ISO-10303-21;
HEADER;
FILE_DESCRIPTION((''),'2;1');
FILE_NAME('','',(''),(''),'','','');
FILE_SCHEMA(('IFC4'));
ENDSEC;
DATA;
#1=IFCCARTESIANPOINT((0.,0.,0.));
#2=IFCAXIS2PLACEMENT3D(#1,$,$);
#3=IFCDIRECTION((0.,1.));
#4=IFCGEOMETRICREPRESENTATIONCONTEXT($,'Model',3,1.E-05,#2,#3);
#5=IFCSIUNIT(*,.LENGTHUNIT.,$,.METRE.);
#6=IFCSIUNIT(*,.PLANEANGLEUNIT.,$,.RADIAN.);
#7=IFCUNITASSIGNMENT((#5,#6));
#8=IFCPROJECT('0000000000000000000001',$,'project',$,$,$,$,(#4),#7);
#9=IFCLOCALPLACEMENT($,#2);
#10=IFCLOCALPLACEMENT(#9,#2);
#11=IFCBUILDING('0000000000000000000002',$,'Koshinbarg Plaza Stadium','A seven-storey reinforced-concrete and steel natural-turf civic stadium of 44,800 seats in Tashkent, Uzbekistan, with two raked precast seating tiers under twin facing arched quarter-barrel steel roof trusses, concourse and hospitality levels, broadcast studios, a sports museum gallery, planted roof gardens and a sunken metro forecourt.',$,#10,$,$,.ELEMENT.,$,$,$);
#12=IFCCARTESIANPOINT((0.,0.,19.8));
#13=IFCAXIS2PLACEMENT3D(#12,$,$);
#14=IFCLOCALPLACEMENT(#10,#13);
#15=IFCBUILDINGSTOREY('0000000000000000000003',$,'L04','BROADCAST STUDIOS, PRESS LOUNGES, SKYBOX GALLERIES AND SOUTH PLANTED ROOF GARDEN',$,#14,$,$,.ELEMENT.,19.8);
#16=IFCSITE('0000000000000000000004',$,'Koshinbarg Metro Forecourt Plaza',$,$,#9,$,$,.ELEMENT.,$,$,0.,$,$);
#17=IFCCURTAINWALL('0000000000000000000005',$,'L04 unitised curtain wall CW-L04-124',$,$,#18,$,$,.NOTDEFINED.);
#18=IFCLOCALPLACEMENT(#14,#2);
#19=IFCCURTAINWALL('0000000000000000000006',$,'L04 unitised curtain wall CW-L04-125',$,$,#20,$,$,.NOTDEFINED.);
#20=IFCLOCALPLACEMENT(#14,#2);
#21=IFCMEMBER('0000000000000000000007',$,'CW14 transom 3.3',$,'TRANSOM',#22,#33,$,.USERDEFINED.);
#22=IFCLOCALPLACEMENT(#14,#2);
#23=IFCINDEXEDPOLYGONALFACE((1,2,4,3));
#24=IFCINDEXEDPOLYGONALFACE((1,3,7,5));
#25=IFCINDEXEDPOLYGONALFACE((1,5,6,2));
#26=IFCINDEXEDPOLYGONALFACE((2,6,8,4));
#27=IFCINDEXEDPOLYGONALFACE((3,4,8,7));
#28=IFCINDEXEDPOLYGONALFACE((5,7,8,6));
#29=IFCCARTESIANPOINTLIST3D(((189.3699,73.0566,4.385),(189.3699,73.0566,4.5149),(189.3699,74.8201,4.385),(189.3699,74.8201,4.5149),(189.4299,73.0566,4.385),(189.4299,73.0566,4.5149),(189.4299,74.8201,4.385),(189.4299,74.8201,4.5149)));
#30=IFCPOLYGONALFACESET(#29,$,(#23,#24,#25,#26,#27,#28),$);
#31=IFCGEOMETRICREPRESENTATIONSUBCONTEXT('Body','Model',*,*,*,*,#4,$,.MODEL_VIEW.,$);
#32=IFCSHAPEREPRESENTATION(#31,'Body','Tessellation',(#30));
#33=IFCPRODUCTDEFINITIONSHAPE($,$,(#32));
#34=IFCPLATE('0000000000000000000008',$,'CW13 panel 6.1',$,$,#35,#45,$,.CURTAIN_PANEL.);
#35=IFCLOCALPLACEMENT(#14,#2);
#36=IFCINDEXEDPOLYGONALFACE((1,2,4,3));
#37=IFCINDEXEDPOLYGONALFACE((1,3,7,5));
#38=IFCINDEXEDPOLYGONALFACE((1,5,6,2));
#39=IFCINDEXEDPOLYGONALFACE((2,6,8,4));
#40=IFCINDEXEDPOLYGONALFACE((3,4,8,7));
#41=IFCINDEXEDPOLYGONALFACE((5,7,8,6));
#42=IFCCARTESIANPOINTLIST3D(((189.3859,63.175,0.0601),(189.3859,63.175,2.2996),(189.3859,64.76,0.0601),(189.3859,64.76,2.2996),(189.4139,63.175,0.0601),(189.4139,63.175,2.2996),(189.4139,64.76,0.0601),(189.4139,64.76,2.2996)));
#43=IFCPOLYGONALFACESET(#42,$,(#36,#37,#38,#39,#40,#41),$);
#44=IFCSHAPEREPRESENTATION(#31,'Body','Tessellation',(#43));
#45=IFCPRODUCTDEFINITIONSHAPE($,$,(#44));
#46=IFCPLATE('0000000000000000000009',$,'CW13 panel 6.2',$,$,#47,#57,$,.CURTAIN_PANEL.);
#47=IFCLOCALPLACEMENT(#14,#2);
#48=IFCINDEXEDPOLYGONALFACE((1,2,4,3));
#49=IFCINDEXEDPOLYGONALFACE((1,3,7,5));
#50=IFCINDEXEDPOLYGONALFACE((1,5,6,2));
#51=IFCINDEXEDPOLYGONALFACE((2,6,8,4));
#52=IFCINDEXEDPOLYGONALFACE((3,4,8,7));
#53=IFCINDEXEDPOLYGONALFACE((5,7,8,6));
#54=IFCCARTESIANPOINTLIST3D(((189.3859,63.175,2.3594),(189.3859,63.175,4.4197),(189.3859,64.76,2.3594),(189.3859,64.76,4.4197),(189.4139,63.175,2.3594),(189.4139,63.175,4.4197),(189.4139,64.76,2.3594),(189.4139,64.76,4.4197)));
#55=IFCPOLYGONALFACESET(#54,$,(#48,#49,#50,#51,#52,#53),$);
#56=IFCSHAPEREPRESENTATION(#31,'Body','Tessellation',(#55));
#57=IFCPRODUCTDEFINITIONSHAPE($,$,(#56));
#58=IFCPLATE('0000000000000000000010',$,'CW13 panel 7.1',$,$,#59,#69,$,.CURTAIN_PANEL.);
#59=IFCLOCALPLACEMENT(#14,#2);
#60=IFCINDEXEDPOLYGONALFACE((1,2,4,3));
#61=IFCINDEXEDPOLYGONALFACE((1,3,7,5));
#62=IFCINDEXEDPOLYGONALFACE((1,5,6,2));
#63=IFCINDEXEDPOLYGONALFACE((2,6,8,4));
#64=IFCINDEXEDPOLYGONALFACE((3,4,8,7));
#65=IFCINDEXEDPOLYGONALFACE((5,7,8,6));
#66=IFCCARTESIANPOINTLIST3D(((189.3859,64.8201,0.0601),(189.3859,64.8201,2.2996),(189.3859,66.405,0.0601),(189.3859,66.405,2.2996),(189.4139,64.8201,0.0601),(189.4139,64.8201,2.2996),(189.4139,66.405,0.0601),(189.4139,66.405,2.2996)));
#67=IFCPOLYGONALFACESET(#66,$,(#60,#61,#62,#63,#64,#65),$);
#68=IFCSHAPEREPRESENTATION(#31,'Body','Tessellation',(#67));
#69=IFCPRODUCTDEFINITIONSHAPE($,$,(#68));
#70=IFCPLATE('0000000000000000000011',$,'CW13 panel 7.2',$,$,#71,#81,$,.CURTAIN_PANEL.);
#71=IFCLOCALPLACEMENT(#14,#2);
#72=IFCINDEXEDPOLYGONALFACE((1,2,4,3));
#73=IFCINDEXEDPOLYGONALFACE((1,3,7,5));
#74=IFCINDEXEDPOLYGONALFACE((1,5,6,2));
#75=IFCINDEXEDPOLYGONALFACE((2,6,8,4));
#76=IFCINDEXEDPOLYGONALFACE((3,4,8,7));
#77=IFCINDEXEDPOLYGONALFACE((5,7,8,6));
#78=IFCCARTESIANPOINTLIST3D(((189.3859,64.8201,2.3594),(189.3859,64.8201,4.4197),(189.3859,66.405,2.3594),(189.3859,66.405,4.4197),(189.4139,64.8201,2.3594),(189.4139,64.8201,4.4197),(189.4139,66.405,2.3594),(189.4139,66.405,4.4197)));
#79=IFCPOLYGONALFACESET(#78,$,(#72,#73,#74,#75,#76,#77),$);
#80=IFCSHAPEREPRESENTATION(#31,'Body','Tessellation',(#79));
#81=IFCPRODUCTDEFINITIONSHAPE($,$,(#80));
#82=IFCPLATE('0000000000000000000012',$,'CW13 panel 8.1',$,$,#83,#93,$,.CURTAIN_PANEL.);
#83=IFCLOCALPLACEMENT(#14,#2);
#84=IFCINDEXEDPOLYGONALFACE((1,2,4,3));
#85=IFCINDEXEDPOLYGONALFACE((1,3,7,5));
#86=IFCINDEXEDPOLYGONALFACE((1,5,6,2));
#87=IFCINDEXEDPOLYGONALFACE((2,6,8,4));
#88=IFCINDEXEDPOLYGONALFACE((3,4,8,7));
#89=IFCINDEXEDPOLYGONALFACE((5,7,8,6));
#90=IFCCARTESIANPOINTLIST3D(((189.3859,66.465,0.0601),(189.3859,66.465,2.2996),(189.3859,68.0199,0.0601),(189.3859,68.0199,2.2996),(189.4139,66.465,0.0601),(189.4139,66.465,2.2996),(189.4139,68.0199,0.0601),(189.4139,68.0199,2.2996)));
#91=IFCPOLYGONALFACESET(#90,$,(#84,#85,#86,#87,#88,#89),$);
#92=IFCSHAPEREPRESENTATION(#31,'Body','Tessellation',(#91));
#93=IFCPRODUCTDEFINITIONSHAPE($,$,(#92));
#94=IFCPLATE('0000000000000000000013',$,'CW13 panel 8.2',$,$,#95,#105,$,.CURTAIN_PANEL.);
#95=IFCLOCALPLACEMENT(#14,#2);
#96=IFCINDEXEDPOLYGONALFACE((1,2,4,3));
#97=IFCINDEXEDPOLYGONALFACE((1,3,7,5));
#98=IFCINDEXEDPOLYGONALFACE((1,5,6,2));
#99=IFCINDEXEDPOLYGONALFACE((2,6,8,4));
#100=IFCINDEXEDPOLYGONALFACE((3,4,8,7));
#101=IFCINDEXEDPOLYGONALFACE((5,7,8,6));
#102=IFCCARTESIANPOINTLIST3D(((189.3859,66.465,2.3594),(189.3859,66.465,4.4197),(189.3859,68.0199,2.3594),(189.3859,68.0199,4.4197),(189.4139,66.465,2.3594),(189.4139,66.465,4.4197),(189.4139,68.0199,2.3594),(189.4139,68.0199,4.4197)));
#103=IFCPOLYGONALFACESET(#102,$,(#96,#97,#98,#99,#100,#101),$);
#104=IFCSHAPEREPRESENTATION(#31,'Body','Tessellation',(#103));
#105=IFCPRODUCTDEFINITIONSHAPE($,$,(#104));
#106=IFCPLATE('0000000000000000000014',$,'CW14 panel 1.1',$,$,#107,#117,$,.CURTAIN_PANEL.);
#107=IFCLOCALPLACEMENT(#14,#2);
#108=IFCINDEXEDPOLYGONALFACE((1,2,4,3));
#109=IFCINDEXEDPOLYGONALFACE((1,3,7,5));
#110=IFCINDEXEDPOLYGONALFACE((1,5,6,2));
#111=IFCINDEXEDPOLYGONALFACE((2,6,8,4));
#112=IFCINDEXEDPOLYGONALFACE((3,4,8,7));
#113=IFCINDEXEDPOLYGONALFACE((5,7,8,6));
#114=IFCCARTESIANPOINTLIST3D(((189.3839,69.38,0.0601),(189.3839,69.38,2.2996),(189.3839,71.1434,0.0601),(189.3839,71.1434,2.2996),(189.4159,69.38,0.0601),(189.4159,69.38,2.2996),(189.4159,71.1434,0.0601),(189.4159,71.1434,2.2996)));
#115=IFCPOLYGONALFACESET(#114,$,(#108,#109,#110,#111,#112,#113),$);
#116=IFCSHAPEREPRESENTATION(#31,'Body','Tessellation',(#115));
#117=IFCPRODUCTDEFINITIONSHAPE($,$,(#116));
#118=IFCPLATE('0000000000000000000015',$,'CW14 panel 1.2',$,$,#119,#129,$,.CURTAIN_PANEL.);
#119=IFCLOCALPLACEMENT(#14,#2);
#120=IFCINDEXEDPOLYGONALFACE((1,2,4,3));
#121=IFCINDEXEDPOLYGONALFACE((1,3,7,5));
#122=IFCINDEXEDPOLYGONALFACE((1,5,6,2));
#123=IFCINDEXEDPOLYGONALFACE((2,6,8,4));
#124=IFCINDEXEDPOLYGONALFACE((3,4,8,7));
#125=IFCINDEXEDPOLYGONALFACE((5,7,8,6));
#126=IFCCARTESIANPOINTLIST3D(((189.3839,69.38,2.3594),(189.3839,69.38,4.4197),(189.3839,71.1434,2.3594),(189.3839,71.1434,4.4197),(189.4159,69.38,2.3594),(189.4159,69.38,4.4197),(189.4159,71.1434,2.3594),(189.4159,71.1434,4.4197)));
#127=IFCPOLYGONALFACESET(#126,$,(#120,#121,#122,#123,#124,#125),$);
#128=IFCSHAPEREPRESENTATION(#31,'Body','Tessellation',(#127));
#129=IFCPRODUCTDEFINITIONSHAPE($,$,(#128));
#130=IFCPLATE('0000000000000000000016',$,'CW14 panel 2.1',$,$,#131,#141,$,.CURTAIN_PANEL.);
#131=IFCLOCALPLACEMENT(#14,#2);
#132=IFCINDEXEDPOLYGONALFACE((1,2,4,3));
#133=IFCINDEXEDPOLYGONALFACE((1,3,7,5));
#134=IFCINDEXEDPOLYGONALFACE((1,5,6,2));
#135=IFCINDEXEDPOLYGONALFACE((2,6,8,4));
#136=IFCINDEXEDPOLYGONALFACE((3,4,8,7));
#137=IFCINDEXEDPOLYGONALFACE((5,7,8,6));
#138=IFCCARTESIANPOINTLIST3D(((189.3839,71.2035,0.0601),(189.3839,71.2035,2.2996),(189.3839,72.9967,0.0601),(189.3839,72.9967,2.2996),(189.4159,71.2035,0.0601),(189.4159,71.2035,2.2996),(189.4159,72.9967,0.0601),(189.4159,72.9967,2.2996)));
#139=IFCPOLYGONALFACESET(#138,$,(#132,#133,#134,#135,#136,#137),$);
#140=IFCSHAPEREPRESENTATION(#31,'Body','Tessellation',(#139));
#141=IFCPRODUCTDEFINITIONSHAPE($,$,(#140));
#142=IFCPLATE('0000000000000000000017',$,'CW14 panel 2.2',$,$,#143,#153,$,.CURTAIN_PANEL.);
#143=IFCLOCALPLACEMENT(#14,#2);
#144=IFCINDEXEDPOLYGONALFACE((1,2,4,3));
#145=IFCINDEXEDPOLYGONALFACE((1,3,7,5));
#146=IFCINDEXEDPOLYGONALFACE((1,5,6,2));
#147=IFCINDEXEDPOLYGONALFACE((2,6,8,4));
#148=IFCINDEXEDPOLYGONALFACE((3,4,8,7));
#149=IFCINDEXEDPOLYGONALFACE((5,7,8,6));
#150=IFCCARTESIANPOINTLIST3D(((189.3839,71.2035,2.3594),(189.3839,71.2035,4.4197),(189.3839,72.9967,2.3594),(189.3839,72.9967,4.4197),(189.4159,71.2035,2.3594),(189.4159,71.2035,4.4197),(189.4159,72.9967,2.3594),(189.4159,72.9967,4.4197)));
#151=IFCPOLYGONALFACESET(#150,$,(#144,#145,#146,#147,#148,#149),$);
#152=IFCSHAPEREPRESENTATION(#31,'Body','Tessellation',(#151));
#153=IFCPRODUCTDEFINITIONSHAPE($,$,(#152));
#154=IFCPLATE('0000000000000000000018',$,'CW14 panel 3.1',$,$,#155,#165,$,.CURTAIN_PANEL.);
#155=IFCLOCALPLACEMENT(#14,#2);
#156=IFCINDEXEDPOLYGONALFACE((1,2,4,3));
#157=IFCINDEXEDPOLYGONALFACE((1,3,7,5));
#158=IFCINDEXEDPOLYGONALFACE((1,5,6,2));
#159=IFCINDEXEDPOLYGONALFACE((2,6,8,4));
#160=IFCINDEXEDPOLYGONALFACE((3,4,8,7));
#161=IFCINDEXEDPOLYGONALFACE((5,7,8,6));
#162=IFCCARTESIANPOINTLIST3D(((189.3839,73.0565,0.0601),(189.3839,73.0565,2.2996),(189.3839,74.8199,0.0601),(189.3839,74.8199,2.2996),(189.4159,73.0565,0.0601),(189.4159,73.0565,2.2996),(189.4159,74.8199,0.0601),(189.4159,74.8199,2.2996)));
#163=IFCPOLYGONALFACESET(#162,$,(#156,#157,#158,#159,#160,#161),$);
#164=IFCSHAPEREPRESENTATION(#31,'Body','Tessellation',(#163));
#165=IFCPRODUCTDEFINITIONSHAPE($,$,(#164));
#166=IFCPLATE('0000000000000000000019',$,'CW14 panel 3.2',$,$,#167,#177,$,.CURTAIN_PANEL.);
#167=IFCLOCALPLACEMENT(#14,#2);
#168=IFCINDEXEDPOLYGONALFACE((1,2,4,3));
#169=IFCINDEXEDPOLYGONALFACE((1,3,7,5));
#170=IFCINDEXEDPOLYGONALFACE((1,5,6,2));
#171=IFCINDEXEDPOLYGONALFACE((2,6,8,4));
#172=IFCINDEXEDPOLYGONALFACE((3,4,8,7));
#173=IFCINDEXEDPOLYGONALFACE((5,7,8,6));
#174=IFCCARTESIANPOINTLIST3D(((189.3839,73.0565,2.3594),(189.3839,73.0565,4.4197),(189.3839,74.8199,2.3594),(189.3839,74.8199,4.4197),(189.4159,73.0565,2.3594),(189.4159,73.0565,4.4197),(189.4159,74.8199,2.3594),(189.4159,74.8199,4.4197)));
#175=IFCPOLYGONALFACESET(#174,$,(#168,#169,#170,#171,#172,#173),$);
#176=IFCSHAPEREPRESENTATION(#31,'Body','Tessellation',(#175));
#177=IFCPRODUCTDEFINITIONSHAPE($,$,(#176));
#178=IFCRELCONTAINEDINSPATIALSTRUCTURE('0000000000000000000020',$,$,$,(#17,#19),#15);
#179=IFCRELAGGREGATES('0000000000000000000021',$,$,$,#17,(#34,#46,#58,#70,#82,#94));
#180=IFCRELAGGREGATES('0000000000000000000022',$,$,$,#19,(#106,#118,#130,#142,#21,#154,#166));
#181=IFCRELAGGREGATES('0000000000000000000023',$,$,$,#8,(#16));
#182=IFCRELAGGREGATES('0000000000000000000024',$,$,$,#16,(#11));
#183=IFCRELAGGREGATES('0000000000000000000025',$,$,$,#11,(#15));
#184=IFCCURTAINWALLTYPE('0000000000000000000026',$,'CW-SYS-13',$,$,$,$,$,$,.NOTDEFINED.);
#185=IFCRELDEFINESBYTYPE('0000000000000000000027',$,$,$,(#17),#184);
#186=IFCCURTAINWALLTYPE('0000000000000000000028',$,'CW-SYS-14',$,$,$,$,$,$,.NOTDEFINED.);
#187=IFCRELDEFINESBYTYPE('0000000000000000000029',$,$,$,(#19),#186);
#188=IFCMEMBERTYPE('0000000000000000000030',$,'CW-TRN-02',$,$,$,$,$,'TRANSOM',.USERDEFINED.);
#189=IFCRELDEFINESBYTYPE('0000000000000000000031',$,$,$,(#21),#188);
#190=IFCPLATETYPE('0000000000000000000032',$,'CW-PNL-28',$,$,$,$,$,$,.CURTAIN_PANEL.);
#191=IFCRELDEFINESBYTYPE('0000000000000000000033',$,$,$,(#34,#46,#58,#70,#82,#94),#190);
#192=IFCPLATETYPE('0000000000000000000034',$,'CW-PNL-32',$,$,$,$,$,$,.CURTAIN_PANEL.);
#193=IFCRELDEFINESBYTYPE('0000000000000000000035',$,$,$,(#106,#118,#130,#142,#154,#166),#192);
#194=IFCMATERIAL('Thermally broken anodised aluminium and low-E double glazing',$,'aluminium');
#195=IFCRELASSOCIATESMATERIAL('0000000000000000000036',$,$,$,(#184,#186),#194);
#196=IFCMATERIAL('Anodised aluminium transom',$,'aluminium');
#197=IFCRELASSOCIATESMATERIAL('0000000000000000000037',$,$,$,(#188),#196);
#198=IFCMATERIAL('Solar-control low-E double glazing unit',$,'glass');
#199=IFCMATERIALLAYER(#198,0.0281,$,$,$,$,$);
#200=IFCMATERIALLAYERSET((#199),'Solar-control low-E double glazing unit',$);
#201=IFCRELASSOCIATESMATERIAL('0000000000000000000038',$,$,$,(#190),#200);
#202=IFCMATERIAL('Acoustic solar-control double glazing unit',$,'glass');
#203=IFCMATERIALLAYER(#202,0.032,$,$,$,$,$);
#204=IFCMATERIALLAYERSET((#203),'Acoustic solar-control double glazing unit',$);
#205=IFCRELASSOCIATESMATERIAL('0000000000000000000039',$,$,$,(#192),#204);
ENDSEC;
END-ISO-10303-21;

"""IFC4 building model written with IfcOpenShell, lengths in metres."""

from ifc_helpers import new_model, si_unit, direction, frame, origin, origin_2d, place, context, subcontext, project, spatial, rectangle, extrude, material, layer, layer_set, material_profile, profile_set, type_object, element, aggregate, save


model = new_model("IFC4")

# Units and contexts
model_context = context("Model", 3, precision=1e-05, world=origin(), true_north=direction((0.0, 1.0)))
body_context = subcontext(model_context, "Body", "Model", "MODEL_VIEW")
ifc_project = project(units=[si_unit("LENGTHUNIT", "METRE"), si_unit("PLANEANGLEUNIT", "RADIAN")], contexts=[model_context])

# Site, building, storey
site_placement = place(None, origin())
site = spatial("IfcSite", under=ifc_project, at=site_placement, Name="Koshinbarg Metro Forecourt Plaza", CompositionType="ELEMENT", RefElevation=0.0)
building_placement = place(site_placement, origin())
building = spatial("IfcBuilding", under=site, at=building_placement, Name="Koshinbarg Plaza Stadium", Description="A seven-storey reinforced-concrete and steel natural-turf civic stadium of 44,800 seats in Tashkent, Uzbekistan, with two raked precast seating tiers under twin facing arched quarter-barrel steel roof trusses, concourse and hospitality levels, broadcast studios, a sports museum gallery, planted roof gardens and a sunken metro forecourt.", CompositionType="ELEMENT")
storey_placement = place(building_placement, frame((0.0, 0.0, 19.8)))
storey = spatial("IfcBuildingStorey", under=building, at=storey_placement, Name="L04", Description="BROADCAST STUDIOS, PRESS LOUNGES, SKYBOX GALLERIES AND SOUTH PLANTED ROOF GARDEN", CompositionType="ELEMENT", Elevation=19.8)

# Curtain walls
ifc_material_1 = material(Name="Thermally broken anodised aluminium and low-E double glazing", Category="aluminium")
curtain_wall_type_1 = type_object("IfcCurtainWallType", Name="CW-SYS-13", PredefinedType="NOTDEFINED", material=ifc_material_1)
curtain_wall_1_placement = place(storey_placement, origin())
curtain_wall_1 = element("IfcCurtainWall", 1, at=curtain_wall_1_placement, inside=storey, type_object=curtain_wall_type_1, Name="L04 unitised curtain wall CW-L04-124", PredefinedType="NOTDEFINED")
curtain_wall_type_2 = type_object("IfcCurtainWallType", Name="CW-SYS-14", PredefinedType="NOTDEFINED", material=ifc_material_1)
curtain_wall_2_placement = place(storey_placement, origin())
curtain_wall_2 = element("IfcCurtainWall", 2, at=curtain_wall_2_placement, inside=storey, type_object=curtain_wall_type_2, Name="L04 unitised curtain wall CW-L04-125", PredefinedType="NOTDEFINED")

# Member
ifc_material_2 = material(Name="Anodised aluminium transom", Category="aluminium")
ifc_material_profile_1 = material_profile(ifc_material_2, rectangle(XDim=0.0601, YDim=0.1299, at=origin_2d()), Name="ALU 60x130")
ifc_profile_set_1 = profile_set([ifc_material_profile_1], Name="Anodised aluminium transom")
member_type_1 = type_object("IfcMemberType", Name="CW-TRN-02", ElementType="TRANSOM", PredefinedType="USERDEFINED", material=ifc_profile_set_1)
member_1_placement = place(storey_placement, frame((189.3999, 73.0566, 4.45), z_axis=(0.0, 1.0, 0.0), x_axis=(-1.0, 0.0, 0.0)))
member_1 = element("IfcMember", 3, at=member_1_placement, type_object=member_type_1, Name="CW14 transom 3.3", ObjectType="TRANSOM", PredefinedType="USERDEFINED", context=body_context, shape_type="SweptSolid", body=[
    extrude(rectangle(XDim=0.0601, YDim=0.1299, at=origin_2d()), origin(), (0.0, 0.0, 1.0), 1.7634),
])

# Plates
ifc_material_3 = material(Name="Solar-control low-E double glazing unit", Category="glass")
ifc_layer_1 = layer(ifc_material_3, 0.0281)
ifc_layer_set_1 = layer_set([ifc_layer_1], Name="Solar-control low-E double glazing unit")
plate_type_1 = type_object("IfcPlateType", Name="CW-PNL-28", PredefinedType="CURTAIN_PANEL", material=ifc_layer_set_1)
plate_1_placement = place(storey_placement, frame((189.3999, 63.9675, 0.0601), z_axis=(0.0, 0.0, 1.0), x_axis=(0.0, 1.0, 0.0)))
plate_1 = element("IfcPlate", 4, at=plate_1_placement, type_object=plate_type_1, Name="CW13 panel 6.1", PredefinedType="CURTAIN_PANEL", context=body_context, shape_type="SweptSolid", body=[
    extrude(rectangle(XDim=1.585, YDim=0.0281, at=origin_2d()), origin(), (0.0, 0.0, 1.0), 2.2395),
])
plate_2_placement = place(storey_placement, frame((189.3999, 63.9675, 2.3594), z_axis=(0.0, 0.0, 1.0), x_axis=(0.0, 1.0, 0.0)))
plate_2 = element("IfcPlate", 5, at=plate_2_placement, type_object=plate_type_1, Name="CW13 panel 6.2", PredefinedType="CURTAIN_PANEL", context=body_context, shape_type="SweptSolid", body=[
    extrude(rectangle(XDim=1.585, YDim=0.0281, at=origin_2d()), origin(), (0.0, 0.0, 1.0), 2.0603),
])
plate_3_placement = place(storey_placement, frame((189.3999, 65.6125, 0.0601), z_axis=(0.0, 0.0, 1.0), x_axis=(0.0, 1.0, 0.0)))
plate_3 = element("IfcPlate", 6, at=plate_3_placement, type_object=plate_type_1, Name="CW13 panel 7.1", PredefinedType="CURTAIN_PANEL", context=body_context, shape_type="SweptSolid", body=[
    extrude(rectangle(XDim=1.585, YDim=0.0281, at=origin_2d()), origin(), (0.0, 0.0, 1.0), 2.2395),
])
plate_4_placement = place(storey_placement, frame((189.3999, 65.6125, 2.3594), z_axis=(0.0, 0.0, 1.0), x_axis=(0.0, 1.0, 0.0)))
plate_4 = element("IfcPlate", 7, at=plate_4_placement, type_object=plate_type_1, Name="CW13 panel 7.2", PredefinedType="CURTAIN_PANEL", context=body_context, shape_type="SweptSolid", body=[
    extrude(rectangle(XDim=1.585, YDim=0.0281, at=origin_2d()), origin(), (0.0, 0.0, 1.0), 2.0603),
])
plate_5_placement = place(storey_placement, frame((189.3999, 67.2424, 0.0601), z_axis=(0.0, 0.0, 1.0), x_axis=(0.0, 1.0, 0.0)))
plate_5 = element("IfcPlate", 8, at=plate_5_placement, type_object=plate_type_1, Name="CW13 panel 8.1", PredefinedType="CURTAIN_PANEL", context=body_context, shape_type="SweptSolid", body=[
    extrude(rectangle(XDim=1.5549, YDim=0.0281, at=origin_2d()), origin(), (0.0, 0.0, 1.0), 2.2395),
])
plate_6_placement = place(storey_placement, frame((189.3999, 67.2424, 2.3594), z_axis=(0.0, 0.0, 1.0), x_axis=(0.0, 1.0, 0.0)))
plate_6 = element("IfcPlate", 9, at=plate_6_placement, type_object=plate_type_1, Name="CW13 panel 8.2", PredefinedType="CURTAIN_PANEL", context=body_context, shape_type="SweptSolid", body=[
    extrude(rectangle(XDim=1.5549, YDim=0.0281, at=origin_2d()), origin(), (0.0, 0.0, 1.0), 2.0603),
])
aggregate(curtain_wall_1, [plate_1, plate_2, plate_3, plate_4, plate_5, plate_6])
ifc_material_4 = material(Name="Acoustic solar-control double glazing unit", Category="glass")
ifc_layer_2 = layer(ifc_material_4, 0.032)
ifc_layer_set_2 = layer_set([ifc_layer_2], Name="Acoustic solar-control double glazing unit")
plate_type_2 = type_object("IfcPlateType", Name="CW-PNL-32", PredefinedType="CURTAIN_PANEL", material=ifc_layer_set_2)
plate_7_placement = place(storey_placement, frame((189.3999, 70.2617, 0.0601), z_axis=(0.0, 0.0, 1.0), x_axis=(0.0, 1.0, 0.0)))
plate_7 = element("IfcPlate", 10, at=plate_7_placement, type_object=plate_type_2, Name="CW14 panel 1.1", PredefinedType="CURTAIN_PANEL", context=body_context, shape_type="SweptSolid", body=[
    extrude(rectangle(XDim=1.7634, YDim=0.032, at=origin_2d()), origin(), (0.0, 0.0, 1.0), 2.2395),
])
plate_8_placement = place(storey_placement, frame((189.3999, 70.2617, 2.3594), z_axis=(0.0, 0.0, 1.0), x_axis=(0.0, 1.0, 0.0)))
plate_8 = element("IfcPlate", 11, at=plate_8_placement, type_object=plate_type_2, Name="CW14 panel 1.2", PredefinedType="CURTAIN_PANEL", context=body_context, shape_type="SweptSolid", body=[
    extrude(rectangle(XDim=1.7634, YDim=0.032, at=origin_2d()), origin(), (0.0, 0.0, 1.0), 2.0603),
])
plate_9_placement = place(storey_placement, frame((189.3999, 72.1001, 0.0601), z_axis=(0.0, 0.0, 1.0), x_axis=(0.0, 1.0, 0.0)))
plate_9 = element("IfcPlate", 12, at=plate_9_placement, type_object=plate_type_2, Name="CW14 panel 2.1", PredefinedType="CURTAIN_PANEL", context=body_context, shape_type="SweptSolid", body=[
    extrude(rectangle(XDim=1.7932, YDim=0.032, at=origin_2d()), origin(), (0.0, 0.0, 1.0), 2.2395),
])
plate_10_placement = place(storey_placement, frame((189.3999, 72.1001, 2.3594), z_axis=(0.0, 0.0, 1.0), x_axis=(0.0, 1.0, 0.0)))
plate_10 = element("IfcPlate", 13, at=plate_10_placement, type_object=plate_type_2, Name="CW14 panel 2.2", PredefinedType="CURTAIN_PANEL", context=body_context, shape_type="SweptSolid", body=[
    extrude(rectangle(XDim=1.7932, YDim=0.032, at=origin_2d()), origin(), (0.0, 0.0, 1.0), 2.0603),
])
plate_11_placement = place(storey_placement, frame((189.3999, 73.9382, 0.0601), z_axis=(0.0, 0.0, 1.0), x_axis=(0.0, 1.0, 0.0)))
plate_11 = element("IfcPlate", 14, at=plate_11_placement, type_object=plate_type_2, Name="CW14 panel 3.1", PredefinedType="CURTAIN_PANEL", context=body_context, shape_type="SweptSolid", body=[
    extrude(rectangle(XDim=1.7634, YDim=0.032, at=origin_2d()), origin(), (0.0, 0.0, 1.0), 2.2395),
])
plate_12_placement = place(storey_placement, frame((189.3999, 73.9382, 2.3594), z_axis=(0.0, 0.0, 1.0), x_axis=(0.0, 1.0, 0.0)))
plate_12 = element("IfcPlate", 15, at=plate_12_placement, type_object=plate_type_2, Name="CW14 panel 3.2", PredefinedType="CURTAIN_PANEL", context=body_context, shape_type="SweptSolid", body=[
    extrude(rectangle(XDim=1.7634, YDim=0.032, at=origin_2d()), origin(), (0.0, 0.0, 1.0), 2.0603),
])
aggregate(curtain_wall_2, [plate_7, plate_8, plate_9, plate_10, member_1, plate_11, plate_12])

save(model, "model.ifc")
